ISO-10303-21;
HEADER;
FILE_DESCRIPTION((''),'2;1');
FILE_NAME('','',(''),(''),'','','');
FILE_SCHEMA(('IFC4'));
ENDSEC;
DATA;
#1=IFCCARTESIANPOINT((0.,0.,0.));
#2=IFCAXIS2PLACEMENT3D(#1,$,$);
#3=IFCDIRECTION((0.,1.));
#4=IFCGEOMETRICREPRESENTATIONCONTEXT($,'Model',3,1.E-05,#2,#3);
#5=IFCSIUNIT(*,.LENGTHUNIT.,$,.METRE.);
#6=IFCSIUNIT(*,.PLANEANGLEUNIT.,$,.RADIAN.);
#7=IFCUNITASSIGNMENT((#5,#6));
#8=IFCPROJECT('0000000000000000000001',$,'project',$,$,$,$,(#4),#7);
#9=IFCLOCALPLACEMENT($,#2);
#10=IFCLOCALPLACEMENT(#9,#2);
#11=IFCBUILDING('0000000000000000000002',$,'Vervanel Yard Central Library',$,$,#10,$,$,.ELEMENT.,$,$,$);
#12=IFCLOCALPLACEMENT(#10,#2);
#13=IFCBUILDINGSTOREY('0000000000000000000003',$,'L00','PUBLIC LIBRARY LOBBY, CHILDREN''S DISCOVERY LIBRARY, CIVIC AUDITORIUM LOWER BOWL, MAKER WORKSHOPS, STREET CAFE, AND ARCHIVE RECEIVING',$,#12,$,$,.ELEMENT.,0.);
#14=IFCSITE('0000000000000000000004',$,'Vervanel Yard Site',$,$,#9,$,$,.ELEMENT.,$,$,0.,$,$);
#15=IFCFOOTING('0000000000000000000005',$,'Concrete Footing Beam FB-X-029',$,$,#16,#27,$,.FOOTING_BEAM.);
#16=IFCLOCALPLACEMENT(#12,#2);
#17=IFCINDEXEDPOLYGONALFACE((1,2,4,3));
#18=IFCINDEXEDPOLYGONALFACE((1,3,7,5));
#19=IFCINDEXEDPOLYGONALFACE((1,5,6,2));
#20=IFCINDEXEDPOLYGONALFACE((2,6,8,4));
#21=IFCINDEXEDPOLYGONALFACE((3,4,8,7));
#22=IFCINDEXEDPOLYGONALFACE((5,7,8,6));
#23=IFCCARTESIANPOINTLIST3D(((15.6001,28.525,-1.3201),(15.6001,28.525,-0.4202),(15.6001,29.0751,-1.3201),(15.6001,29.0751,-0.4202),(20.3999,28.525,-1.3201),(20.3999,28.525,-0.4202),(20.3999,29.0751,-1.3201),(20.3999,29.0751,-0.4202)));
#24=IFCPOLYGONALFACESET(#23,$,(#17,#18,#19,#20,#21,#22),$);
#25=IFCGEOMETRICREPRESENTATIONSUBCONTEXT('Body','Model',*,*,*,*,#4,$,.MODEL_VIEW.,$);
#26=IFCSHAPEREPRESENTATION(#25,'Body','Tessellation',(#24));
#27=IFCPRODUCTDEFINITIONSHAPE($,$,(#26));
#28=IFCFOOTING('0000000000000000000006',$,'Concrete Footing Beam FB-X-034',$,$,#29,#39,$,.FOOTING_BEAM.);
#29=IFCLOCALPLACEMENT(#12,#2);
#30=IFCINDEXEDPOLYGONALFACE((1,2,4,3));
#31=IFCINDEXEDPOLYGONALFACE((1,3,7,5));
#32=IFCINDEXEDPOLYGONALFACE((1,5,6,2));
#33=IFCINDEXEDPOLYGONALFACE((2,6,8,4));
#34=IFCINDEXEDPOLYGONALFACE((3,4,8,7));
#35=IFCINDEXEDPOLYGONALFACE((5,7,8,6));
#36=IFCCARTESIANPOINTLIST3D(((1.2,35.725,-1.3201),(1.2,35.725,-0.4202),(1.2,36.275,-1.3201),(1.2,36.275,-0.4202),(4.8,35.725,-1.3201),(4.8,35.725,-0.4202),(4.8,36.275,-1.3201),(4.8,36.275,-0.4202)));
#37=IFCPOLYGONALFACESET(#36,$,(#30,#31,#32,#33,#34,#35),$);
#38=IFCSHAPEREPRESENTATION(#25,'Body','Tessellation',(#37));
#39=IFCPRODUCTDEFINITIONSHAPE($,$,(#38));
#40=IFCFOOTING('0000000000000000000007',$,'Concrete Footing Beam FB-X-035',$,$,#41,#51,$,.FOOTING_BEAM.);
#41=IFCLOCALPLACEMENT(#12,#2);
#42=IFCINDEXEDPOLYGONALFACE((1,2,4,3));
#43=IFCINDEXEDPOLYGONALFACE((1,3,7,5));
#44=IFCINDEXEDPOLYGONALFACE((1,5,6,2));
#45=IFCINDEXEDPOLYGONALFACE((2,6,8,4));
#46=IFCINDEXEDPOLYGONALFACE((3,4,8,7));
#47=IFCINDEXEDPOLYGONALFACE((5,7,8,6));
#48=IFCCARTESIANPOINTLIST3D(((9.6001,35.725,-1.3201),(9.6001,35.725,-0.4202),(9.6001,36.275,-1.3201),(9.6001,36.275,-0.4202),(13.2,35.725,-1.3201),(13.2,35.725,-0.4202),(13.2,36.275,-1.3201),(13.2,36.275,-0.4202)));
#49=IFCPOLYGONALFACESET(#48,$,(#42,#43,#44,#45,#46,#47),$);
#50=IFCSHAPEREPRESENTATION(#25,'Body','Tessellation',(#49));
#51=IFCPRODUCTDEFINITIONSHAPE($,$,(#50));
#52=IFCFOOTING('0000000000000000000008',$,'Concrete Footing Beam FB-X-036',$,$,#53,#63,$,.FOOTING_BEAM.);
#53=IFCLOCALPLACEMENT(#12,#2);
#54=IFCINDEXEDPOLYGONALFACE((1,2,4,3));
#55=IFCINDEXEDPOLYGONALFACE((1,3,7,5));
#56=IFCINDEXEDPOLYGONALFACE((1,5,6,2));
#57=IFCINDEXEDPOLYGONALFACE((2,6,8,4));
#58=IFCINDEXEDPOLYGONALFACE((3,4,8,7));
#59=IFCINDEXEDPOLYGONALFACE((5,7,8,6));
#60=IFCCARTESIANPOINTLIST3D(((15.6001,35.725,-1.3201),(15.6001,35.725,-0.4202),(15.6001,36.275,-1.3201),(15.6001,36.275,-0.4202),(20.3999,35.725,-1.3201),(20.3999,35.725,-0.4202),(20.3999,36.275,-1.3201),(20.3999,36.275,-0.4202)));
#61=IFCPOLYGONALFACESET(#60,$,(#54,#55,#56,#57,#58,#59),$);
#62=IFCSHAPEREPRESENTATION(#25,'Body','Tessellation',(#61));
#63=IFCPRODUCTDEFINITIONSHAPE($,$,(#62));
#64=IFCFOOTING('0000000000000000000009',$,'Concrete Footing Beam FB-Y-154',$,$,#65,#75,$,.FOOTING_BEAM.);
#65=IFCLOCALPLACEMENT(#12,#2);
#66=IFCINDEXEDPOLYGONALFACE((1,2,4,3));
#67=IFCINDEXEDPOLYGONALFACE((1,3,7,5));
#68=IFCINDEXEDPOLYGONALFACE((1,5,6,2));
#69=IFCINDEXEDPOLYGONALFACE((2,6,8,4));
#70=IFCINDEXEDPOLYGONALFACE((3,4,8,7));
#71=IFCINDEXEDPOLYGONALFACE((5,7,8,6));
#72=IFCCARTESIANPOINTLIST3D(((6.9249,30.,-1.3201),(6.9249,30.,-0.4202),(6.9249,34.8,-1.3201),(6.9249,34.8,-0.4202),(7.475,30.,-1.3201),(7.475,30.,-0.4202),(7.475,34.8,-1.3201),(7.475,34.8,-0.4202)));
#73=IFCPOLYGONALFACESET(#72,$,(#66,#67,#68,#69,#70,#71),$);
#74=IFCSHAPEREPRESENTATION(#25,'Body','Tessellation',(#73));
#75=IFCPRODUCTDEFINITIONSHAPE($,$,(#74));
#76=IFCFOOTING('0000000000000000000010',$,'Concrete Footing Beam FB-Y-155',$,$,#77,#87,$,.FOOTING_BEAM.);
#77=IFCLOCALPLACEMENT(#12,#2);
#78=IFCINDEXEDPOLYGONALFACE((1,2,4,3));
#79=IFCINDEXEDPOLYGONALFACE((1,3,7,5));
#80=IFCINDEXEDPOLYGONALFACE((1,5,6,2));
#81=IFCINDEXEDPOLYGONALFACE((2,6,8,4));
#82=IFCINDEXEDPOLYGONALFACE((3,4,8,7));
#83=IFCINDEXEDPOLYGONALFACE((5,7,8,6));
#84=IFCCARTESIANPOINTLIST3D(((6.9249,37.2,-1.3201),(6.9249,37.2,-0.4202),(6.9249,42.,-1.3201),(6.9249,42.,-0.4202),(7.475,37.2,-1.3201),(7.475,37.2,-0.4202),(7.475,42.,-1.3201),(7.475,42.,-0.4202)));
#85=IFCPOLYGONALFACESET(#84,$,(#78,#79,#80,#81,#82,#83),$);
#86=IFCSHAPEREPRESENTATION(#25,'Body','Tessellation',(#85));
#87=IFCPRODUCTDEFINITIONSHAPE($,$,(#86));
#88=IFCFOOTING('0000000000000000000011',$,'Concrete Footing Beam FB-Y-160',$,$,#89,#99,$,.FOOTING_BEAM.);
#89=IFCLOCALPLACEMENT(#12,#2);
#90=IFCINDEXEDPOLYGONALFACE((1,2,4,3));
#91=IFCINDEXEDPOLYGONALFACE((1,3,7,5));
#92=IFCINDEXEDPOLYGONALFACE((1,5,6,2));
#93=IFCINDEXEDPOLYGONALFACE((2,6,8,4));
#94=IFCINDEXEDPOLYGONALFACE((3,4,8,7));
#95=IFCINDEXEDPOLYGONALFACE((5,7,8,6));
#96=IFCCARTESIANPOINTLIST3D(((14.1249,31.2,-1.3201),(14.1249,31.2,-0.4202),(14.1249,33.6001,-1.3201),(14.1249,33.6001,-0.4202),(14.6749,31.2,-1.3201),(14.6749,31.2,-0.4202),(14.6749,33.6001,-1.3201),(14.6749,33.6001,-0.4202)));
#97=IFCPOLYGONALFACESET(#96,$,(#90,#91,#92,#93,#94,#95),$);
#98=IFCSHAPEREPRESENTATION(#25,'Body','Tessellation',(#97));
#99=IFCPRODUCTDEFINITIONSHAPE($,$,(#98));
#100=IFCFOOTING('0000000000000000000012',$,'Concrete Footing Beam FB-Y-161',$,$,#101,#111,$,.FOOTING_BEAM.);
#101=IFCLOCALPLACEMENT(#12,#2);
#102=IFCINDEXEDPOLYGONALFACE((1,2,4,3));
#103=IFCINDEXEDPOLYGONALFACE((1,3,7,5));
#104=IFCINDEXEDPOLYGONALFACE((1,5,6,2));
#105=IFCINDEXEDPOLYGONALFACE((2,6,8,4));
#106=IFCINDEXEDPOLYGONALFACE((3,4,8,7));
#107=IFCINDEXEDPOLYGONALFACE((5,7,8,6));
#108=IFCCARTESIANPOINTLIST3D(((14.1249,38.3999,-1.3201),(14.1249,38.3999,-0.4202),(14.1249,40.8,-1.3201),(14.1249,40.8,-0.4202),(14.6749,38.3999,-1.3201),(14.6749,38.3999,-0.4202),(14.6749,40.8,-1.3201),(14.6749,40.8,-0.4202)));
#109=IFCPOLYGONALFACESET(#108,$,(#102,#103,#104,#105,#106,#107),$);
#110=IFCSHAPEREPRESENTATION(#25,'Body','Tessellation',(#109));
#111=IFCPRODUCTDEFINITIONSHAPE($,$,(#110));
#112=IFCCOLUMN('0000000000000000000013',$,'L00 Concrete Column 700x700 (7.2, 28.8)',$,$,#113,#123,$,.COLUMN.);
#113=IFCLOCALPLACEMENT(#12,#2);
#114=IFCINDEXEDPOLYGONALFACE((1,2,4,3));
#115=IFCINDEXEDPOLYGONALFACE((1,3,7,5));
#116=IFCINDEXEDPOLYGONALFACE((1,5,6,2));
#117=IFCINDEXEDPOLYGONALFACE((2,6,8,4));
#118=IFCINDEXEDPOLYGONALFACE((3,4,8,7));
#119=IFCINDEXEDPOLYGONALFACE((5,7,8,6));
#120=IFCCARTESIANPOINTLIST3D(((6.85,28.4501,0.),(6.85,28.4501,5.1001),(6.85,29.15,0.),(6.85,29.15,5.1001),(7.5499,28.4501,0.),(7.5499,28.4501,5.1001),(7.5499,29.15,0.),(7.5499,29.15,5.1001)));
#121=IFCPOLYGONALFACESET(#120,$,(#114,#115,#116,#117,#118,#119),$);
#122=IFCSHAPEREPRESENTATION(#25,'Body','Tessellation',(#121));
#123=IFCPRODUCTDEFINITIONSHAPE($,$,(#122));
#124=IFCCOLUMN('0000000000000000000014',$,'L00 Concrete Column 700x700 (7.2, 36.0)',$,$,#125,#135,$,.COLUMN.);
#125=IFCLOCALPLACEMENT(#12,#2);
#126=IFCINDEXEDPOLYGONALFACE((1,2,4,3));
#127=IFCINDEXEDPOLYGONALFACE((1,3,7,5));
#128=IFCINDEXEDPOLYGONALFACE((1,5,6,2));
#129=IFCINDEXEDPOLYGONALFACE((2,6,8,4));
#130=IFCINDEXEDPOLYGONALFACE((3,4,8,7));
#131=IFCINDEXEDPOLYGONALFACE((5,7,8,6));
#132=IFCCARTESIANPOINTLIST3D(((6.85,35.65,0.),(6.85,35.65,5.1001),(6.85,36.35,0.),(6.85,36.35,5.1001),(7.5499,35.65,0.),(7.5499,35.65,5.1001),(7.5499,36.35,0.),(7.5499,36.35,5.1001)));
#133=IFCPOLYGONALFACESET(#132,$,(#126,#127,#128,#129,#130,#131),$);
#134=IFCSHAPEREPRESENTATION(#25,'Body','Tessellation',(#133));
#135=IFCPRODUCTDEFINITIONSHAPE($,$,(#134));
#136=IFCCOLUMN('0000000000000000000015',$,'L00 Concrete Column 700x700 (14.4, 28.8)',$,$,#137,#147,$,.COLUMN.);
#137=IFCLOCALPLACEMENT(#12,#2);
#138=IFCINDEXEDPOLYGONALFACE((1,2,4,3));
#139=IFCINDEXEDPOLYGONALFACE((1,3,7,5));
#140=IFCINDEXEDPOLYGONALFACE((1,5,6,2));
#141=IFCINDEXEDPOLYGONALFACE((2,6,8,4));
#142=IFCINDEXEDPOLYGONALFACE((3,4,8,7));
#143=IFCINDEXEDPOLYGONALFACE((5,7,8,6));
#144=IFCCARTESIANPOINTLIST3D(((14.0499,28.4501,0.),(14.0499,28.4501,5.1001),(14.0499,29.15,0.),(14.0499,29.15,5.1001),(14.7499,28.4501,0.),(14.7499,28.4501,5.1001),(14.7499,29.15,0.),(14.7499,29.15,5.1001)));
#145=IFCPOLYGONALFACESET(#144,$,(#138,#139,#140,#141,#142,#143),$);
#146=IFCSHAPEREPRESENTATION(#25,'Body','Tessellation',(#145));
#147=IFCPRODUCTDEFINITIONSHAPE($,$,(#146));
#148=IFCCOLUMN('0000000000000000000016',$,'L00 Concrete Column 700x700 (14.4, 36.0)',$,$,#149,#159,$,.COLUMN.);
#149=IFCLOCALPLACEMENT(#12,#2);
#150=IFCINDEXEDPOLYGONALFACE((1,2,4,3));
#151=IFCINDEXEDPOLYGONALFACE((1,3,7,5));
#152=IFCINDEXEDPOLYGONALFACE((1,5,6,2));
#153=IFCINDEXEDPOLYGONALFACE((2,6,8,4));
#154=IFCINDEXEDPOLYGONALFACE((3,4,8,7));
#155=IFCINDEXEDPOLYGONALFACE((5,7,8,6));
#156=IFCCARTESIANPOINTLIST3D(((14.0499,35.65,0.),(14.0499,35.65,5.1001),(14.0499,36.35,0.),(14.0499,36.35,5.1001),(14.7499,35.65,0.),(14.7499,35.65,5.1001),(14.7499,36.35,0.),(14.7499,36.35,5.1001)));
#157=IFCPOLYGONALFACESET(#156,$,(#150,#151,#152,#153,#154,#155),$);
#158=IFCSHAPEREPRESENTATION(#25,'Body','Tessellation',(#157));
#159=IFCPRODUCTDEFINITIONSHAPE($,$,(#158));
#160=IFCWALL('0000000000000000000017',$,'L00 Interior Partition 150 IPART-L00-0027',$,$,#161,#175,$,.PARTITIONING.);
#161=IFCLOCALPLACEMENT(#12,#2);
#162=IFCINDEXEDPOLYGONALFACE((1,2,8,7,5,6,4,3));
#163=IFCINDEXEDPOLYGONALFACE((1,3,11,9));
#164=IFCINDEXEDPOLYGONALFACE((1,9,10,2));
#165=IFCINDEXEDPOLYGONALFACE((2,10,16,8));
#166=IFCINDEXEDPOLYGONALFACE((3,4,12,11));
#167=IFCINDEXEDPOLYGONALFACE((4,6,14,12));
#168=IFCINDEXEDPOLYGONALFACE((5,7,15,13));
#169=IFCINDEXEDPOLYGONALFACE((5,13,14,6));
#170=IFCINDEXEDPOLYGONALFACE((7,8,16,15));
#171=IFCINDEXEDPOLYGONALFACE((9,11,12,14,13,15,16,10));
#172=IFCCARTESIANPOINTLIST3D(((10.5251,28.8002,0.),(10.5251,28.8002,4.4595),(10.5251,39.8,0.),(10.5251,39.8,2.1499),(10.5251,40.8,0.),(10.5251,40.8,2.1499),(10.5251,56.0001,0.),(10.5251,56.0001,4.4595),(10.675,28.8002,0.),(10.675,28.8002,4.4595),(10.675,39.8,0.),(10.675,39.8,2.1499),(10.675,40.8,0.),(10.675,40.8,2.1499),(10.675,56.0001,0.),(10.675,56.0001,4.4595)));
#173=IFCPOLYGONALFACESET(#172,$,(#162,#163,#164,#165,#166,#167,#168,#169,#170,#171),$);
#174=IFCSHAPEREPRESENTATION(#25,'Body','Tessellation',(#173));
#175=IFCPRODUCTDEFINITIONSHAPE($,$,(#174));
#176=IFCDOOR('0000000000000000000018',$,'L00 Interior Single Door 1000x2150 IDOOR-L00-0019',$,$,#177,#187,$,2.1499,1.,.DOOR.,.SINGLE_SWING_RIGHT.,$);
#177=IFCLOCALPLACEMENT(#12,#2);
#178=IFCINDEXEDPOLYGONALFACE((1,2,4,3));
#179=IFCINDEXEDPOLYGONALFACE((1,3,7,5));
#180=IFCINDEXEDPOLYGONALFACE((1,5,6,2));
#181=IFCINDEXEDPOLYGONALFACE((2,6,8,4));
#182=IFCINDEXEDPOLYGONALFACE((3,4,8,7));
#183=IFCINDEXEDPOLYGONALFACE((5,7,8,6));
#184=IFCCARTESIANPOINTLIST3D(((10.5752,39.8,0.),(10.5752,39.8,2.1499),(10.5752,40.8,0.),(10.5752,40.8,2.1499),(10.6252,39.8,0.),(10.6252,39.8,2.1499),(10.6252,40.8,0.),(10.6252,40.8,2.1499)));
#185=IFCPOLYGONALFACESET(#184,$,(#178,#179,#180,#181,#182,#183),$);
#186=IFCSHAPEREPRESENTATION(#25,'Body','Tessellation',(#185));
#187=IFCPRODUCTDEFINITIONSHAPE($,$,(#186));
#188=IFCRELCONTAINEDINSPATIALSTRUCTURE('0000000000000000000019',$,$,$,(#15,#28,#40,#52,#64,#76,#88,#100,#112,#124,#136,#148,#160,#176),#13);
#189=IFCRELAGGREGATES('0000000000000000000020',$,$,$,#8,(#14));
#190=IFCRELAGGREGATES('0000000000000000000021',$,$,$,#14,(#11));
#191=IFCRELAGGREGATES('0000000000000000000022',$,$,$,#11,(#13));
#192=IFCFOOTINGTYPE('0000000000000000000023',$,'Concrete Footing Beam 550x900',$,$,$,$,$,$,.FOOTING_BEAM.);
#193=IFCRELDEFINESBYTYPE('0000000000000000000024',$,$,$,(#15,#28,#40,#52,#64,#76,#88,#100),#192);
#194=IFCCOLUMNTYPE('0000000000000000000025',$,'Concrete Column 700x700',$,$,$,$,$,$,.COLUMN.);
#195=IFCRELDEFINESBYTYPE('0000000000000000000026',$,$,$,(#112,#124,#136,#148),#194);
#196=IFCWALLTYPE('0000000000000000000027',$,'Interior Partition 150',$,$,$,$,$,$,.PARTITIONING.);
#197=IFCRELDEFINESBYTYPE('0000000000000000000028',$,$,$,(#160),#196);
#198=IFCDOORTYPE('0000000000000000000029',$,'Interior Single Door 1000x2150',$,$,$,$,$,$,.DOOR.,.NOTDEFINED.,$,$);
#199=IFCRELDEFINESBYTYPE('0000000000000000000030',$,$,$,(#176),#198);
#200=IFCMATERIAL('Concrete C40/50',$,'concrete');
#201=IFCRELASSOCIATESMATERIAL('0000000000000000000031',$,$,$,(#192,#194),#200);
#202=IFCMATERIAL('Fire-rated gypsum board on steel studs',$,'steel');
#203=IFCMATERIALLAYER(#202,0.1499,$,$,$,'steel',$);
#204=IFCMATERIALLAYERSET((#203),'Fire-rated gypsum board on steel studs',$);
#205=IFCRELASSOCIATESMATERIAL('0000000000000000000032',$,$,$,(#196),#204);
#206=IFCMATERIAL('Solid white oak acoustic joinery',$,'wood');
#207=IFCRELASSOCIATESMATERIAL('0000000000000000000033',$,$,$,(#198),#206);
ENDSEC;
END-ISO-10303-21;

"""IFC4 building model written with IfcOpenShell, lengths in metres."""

from ifc_helpers import new_model, si_unit, direction, frame, frame_2d, origin, origin_2d, place, context, subcontext, project, spatial, rectangle, extrude, material, layer, layer_set, material_profile, profile_set, type_object, element, fill, save


model = new_model("IFC4")

# Units and contexts
model_context = context("Model", 3, precision=1e-05, world=origin(), true_north=direction((0.0, 1.0)))
body_context = subcontext(model_context, "Body", "Model", "MODEL_VIEW")
ifc_project = project(units=[si_unit("LENGTHUNIT", "METRE"), si_unit("PLANEANGLEUNIT", "RADIAN")], contexts=[model_context])

# Site, building, storey
site_placement = place(None, origin())
site = spatial("IfcSite", under=ifc_project, at=site_placement, Name="Vervanel Yard Site", CompositionType="ELEMENT", RefElevation=0.0)
building_placement = place(site_placement, origin())
building = spatial("IfcBuilding", under=site, at=building_placement, Name="Vervanel Yard Central Library", CompositionType="ELEMENT")
storey_placement = place(building_placement, origin())
storey = spatial("IfcBuildingStorey", under=building, at=storey_placement, Name="L00", Description="PUBLIC LIBRARY LOBBY, CHILDREN'S DISCOVERY LIBRARY, CIVIC AUDITORIUM LOWER BOWL, MAKER WORKSHOPS, STREET CAFE, AND ARCHIVE RECEIVING", CompositionType="ELEMENT", Elevation=0.0)

# Shared definitions
ifc_material_1 = material(Name="Concrete C40/50", Category="concrete")

# Footings
ifc_material_profile_1 = material_profile(ifc_material_1, rectangle(XDim=0.55, YDim=0.8999, at=origin_2d()), Name="RC 550x900", Category="concrete")
ifc_profile_set_1 = profile_set([ifc_material_profile_1], Name="Concrete C40/50")
footing_type_1 = type_object("IfcFootingType", Name="Concrete Footing Beam 550x900", PredefinedType="FOOTING_BEAM", material=ifc_profile_set_1)
footing_1_placement = place(storey_placement, frame((15.6001, 28.8, -0.8701), z_axis=(1.0, 0.0, 0.0), x_axis=(0.0, 1.0, 0.0)))
element("IfcFooting", 1, at=footing_1_placement, inside=storey, type_object=footing_type_1, Name="Concrete Footing Beam FB-X-029", PredefinedType="FOOTING_BEAM", context=body_context, shape_type="SweptSolid", body=[
    extrude(rectangle(XDim=0.55, YDim=0.8999, at=origin_2d()), origin(), (0.0, 0.0, 1.0), 4.7998),
])
footing_2_placement = place(storey_placement, frame((1.2, 36.0, -0.8701), z_axis=(1.0, 0.0, 0.0), x_axis=(0.0, 1.0, 0.0)))
element("IfcFooting", 2, at=footing_2_placement, inside=storey, type_object=footing_type_1, Name="Concrete Footing Beam FB-X-034", PredefinedType="FOOTING_BEAM", context=body_context, shape_type="SweptSolid", body=[
    extrude(rectangle(XDim=0.55, YDim=0.8999, at=origin_2d()), origin(), (0.0, 0.0, 1.0), 3.6001),
])
footing_3_placement = place(storey_placement, frame((9.6001, 36.0, -0.8701), z_axis=(1.0, 0.0, 0.0), x_axis=(0.0, 1.0, 0.0)))
element("IfcFooting", 3, at=footing_3_placement, inside=storey, type_object=footing_type_1, Name="Concrete Footing Beam FB-X-035", PredefinedType="FOOTING_BEAM", context=body_context, shape_type="SweptSolid", body=[
    extrude(rectangle(XDim=0.55, YDim=0.8999, at=origin_2d()), origin(), (0.0, 0.0, 1.0), 3.5999),
])
footing_4_placement = place(storey_placement, frame((15.6001, 36.0, -0.8701), z_axis=(1.0, 0.0, 0.0), x_axis=(0.0, 1.0, 0.0)))
element("IfcFooting", 4, at=footing_4_placement, inside=storey, type_object=footing_type_1, Name="Concrete Footing Beam FB-X-036", PredefinedType="FOOTING_BEAM", context=body_context, shape_type="SweptSolid", body=[
    extrude(rectangle(XDim=0.55, YDim=0.8999, at=origin_2d()), origin(), (0.0, 0.0, 1.0), 4.7998),
])
for number, where, z_axis, x_axis, name in (
    (5, (7.2, 30.0, -0.8701), (0.0, 1.0, 0.0), (-1.0, 0.0, 0.0), "Concrete Footing Beam FB-Y-154"),
    (6, (7.2, 37.2, -0.8701), (0.0, 1.0, 0.0), (-1.0, 0.0, 0.0), "Concrete Footing Beam FB-Y-155"),
):
    element("IfcFooting", number, at=place(storey_placement, frame(where, z_axis=z_axis, x_axis=x_axis)), inside=storey, type_object=footing_type_1, Name=name, PredefinedType="FOOTING_BEAM", context=body_context, shape_type="SweptSolid", body=[
        extrude(rectangle(XDim=0.55, YDim=0.8999, at=origin_2d()), origin(), (0.0, 0.0, 1.0), 4.8),
    ])
for number, where, z_axis, x_axis, name in (
    (7, (14.3999, 31.2, -0.8701), (0.0, 1.0, 0.0), (-1.0, 0.0, 0.0), "Concrete Footing Beam FB-Y-160"),
    (8, (14.3999, 38.3999, -0.8701), (0.0, 1.0, 0.0), (-1.0, 0.0, 0.0), "Concrete Footing Beam FB-Y-161"),
):
    element("IfcFooting", number, at=place(storey_placement, frame(where, z_axis=z_axis, x_axis=x_axis)), inside=storey, type_object=footing_type_1, Name=name, PredefinedType="FOOTING_BEAM", context=body_context, shape_type="SweptSolid", body=[
        extrude(rectangle(XDim=0.55, YDim=0.8999, at=origin_2d()), origin(), (0.0, 0.0, 1.0), 2.4001),
    ])

# Columns
ifc_material_profile_2 = material_profile(ifc_material_1, rectangle(XDim=0.7, YDim=0.7, at=origin_2d()), Name="RC 700x700", Category="concrete")
ifc_profile_set_2 = profile_set([ifc_material_profile_2], Name="Concrete C40/50")
column_type = type_object("IfcColumnType", Name="Concrete Column 700x700", PredefinedType="COLUMN", material=ifc_profile_set_2)
for number, where, z_axis, x_axis, name in (
    (9, (7.2, 28.8, 0.0), (0.0, 0.0, 1.0), (1.0, 0.0, 0.0), "L00 Concrete Column 700x700 (7.2, 28.8)"),
    (10, (7.2, 36.0, 0.0), (0.0, 0.0, 1.0), (1.0, 0.0, 0.0), "L00 Concrete Column 700x700 (7.2, 36.0)"),
    (11, (14.3999, 28.8, 0.0), (0.0, 0.0, 1.0), (1.0, 0.0, 0.0), "L00 Concrete Column 700x700 (14.4, 28.8)"),
    (12, (14.3999, 36.0, 0.0), (0.0, 0.0, 1.0), (1.0, 0.0, 0.0), "L00 Concrete Column 700x700 (14.4, 36.0)"),
):
    element("IfcColumn", number, at=place(storey_placement, frame(where, z_axis=z_axis, x_axis=x_axis)), inside=storey, type_object=column_type, Name=name, PredefinedType="COLUMN", context=body_context, shape_type="SweptSolid", body=[
        extrude(rectangle(XDim=0.7, YDim=0.7, at=origin_2d()), origin(), (0.0, 0.0, 1.0), 5.1001),
    ])

# Wall, opening, door
ifc_material_2 = material(Name="Fire-rated gypsum board on steel studs", Category="steel")
ifc_layer = layer(ifc_material_2, 0.1499, Category="steel")
ifc_layer_set = layer_set([ifc_layer], Name="Fire-rated gypsum board on steel studs")
wall_type = type_object("IfcWallType", Name="Interior Partition 150", PredefinedType="PARTITIONING", material=ifc_layer_set)
wall_placement = place(storey_placement, frame((10.6001, 28.8, 0.0), z_axis=(0.0, 0.0, 1.0), x_axis=(0.0, 1.0, 0.0)))
wall = element("IfcWall", 13, at=wall_placement, inside=storey, type_object=wall_type, Name="L00 Interior Partition 150 IPART-L00-0027", PredefinedType="PARTITIONING", context=body_context, shape_type="SweptSolid", body=[
    extrude(rectangle(XDim=27.2, YDim=0.1499, at=frame_2d((13.6001, 0.0))), origin(), (0.0, 0.0, 1.0), 4.4595),
])
opening_placement = place(wall_placement, frame((11.0, 0.0, 0.0)))
opening = element("IfcOpeningElement", 14, at=opening_placement, cuts=wall, PredefinedType="OPENING", context=body_context, shape_type="SweptSolid", body=[
    extrude(rectangle(XDim=1.0, YDim=2.1499, at=frame_2d((0.5, 1.075))), frame((0.0, 0.085, 0.0), z_axis=(0.0, -1.0, 0.0), x_axis=(1.0, 0.0, 0.0)), (0.0, 0.0, 1.0), 0.1699),
])
ifc_material_3 = material(Name="Solid white oak acoustic joinery", Category="wood")
door_type = type_object("IfcDoorType", Name="Interior Single Door 1000x2150", OperationType="NOTDEFINED", PredefinedType="DOOR", material=ifc_material_3)
door_placement = place(opening_placement, origin())
door = element("IfcDoor", 15, at=door_placement, inside=storey, type_object=door_type, Name="L00 Interior Single Door 1000x2150 IDOOR-L00-0019", OperationType="SINGLE_SWING_RIGHT", OverallHeight=2.1499, OverallWidth=1.0, PredefinedType="DOOR", context=body_context, shape_type="SweptSolid", body=[
    extrude(rectangle(XDim=1.0, YDim=2.1499, at=frame_2d((0.5, 1.075))), frame((0.0, 0.0249, 0.0), z_axis=(0.0, -1.0, 0.0), x_axis=(1.0, 0.0, 0.0)), (0.0, 0.0, 1.0), 0.05),
])
fill(opening, door)

save(model, "model.ifc")
